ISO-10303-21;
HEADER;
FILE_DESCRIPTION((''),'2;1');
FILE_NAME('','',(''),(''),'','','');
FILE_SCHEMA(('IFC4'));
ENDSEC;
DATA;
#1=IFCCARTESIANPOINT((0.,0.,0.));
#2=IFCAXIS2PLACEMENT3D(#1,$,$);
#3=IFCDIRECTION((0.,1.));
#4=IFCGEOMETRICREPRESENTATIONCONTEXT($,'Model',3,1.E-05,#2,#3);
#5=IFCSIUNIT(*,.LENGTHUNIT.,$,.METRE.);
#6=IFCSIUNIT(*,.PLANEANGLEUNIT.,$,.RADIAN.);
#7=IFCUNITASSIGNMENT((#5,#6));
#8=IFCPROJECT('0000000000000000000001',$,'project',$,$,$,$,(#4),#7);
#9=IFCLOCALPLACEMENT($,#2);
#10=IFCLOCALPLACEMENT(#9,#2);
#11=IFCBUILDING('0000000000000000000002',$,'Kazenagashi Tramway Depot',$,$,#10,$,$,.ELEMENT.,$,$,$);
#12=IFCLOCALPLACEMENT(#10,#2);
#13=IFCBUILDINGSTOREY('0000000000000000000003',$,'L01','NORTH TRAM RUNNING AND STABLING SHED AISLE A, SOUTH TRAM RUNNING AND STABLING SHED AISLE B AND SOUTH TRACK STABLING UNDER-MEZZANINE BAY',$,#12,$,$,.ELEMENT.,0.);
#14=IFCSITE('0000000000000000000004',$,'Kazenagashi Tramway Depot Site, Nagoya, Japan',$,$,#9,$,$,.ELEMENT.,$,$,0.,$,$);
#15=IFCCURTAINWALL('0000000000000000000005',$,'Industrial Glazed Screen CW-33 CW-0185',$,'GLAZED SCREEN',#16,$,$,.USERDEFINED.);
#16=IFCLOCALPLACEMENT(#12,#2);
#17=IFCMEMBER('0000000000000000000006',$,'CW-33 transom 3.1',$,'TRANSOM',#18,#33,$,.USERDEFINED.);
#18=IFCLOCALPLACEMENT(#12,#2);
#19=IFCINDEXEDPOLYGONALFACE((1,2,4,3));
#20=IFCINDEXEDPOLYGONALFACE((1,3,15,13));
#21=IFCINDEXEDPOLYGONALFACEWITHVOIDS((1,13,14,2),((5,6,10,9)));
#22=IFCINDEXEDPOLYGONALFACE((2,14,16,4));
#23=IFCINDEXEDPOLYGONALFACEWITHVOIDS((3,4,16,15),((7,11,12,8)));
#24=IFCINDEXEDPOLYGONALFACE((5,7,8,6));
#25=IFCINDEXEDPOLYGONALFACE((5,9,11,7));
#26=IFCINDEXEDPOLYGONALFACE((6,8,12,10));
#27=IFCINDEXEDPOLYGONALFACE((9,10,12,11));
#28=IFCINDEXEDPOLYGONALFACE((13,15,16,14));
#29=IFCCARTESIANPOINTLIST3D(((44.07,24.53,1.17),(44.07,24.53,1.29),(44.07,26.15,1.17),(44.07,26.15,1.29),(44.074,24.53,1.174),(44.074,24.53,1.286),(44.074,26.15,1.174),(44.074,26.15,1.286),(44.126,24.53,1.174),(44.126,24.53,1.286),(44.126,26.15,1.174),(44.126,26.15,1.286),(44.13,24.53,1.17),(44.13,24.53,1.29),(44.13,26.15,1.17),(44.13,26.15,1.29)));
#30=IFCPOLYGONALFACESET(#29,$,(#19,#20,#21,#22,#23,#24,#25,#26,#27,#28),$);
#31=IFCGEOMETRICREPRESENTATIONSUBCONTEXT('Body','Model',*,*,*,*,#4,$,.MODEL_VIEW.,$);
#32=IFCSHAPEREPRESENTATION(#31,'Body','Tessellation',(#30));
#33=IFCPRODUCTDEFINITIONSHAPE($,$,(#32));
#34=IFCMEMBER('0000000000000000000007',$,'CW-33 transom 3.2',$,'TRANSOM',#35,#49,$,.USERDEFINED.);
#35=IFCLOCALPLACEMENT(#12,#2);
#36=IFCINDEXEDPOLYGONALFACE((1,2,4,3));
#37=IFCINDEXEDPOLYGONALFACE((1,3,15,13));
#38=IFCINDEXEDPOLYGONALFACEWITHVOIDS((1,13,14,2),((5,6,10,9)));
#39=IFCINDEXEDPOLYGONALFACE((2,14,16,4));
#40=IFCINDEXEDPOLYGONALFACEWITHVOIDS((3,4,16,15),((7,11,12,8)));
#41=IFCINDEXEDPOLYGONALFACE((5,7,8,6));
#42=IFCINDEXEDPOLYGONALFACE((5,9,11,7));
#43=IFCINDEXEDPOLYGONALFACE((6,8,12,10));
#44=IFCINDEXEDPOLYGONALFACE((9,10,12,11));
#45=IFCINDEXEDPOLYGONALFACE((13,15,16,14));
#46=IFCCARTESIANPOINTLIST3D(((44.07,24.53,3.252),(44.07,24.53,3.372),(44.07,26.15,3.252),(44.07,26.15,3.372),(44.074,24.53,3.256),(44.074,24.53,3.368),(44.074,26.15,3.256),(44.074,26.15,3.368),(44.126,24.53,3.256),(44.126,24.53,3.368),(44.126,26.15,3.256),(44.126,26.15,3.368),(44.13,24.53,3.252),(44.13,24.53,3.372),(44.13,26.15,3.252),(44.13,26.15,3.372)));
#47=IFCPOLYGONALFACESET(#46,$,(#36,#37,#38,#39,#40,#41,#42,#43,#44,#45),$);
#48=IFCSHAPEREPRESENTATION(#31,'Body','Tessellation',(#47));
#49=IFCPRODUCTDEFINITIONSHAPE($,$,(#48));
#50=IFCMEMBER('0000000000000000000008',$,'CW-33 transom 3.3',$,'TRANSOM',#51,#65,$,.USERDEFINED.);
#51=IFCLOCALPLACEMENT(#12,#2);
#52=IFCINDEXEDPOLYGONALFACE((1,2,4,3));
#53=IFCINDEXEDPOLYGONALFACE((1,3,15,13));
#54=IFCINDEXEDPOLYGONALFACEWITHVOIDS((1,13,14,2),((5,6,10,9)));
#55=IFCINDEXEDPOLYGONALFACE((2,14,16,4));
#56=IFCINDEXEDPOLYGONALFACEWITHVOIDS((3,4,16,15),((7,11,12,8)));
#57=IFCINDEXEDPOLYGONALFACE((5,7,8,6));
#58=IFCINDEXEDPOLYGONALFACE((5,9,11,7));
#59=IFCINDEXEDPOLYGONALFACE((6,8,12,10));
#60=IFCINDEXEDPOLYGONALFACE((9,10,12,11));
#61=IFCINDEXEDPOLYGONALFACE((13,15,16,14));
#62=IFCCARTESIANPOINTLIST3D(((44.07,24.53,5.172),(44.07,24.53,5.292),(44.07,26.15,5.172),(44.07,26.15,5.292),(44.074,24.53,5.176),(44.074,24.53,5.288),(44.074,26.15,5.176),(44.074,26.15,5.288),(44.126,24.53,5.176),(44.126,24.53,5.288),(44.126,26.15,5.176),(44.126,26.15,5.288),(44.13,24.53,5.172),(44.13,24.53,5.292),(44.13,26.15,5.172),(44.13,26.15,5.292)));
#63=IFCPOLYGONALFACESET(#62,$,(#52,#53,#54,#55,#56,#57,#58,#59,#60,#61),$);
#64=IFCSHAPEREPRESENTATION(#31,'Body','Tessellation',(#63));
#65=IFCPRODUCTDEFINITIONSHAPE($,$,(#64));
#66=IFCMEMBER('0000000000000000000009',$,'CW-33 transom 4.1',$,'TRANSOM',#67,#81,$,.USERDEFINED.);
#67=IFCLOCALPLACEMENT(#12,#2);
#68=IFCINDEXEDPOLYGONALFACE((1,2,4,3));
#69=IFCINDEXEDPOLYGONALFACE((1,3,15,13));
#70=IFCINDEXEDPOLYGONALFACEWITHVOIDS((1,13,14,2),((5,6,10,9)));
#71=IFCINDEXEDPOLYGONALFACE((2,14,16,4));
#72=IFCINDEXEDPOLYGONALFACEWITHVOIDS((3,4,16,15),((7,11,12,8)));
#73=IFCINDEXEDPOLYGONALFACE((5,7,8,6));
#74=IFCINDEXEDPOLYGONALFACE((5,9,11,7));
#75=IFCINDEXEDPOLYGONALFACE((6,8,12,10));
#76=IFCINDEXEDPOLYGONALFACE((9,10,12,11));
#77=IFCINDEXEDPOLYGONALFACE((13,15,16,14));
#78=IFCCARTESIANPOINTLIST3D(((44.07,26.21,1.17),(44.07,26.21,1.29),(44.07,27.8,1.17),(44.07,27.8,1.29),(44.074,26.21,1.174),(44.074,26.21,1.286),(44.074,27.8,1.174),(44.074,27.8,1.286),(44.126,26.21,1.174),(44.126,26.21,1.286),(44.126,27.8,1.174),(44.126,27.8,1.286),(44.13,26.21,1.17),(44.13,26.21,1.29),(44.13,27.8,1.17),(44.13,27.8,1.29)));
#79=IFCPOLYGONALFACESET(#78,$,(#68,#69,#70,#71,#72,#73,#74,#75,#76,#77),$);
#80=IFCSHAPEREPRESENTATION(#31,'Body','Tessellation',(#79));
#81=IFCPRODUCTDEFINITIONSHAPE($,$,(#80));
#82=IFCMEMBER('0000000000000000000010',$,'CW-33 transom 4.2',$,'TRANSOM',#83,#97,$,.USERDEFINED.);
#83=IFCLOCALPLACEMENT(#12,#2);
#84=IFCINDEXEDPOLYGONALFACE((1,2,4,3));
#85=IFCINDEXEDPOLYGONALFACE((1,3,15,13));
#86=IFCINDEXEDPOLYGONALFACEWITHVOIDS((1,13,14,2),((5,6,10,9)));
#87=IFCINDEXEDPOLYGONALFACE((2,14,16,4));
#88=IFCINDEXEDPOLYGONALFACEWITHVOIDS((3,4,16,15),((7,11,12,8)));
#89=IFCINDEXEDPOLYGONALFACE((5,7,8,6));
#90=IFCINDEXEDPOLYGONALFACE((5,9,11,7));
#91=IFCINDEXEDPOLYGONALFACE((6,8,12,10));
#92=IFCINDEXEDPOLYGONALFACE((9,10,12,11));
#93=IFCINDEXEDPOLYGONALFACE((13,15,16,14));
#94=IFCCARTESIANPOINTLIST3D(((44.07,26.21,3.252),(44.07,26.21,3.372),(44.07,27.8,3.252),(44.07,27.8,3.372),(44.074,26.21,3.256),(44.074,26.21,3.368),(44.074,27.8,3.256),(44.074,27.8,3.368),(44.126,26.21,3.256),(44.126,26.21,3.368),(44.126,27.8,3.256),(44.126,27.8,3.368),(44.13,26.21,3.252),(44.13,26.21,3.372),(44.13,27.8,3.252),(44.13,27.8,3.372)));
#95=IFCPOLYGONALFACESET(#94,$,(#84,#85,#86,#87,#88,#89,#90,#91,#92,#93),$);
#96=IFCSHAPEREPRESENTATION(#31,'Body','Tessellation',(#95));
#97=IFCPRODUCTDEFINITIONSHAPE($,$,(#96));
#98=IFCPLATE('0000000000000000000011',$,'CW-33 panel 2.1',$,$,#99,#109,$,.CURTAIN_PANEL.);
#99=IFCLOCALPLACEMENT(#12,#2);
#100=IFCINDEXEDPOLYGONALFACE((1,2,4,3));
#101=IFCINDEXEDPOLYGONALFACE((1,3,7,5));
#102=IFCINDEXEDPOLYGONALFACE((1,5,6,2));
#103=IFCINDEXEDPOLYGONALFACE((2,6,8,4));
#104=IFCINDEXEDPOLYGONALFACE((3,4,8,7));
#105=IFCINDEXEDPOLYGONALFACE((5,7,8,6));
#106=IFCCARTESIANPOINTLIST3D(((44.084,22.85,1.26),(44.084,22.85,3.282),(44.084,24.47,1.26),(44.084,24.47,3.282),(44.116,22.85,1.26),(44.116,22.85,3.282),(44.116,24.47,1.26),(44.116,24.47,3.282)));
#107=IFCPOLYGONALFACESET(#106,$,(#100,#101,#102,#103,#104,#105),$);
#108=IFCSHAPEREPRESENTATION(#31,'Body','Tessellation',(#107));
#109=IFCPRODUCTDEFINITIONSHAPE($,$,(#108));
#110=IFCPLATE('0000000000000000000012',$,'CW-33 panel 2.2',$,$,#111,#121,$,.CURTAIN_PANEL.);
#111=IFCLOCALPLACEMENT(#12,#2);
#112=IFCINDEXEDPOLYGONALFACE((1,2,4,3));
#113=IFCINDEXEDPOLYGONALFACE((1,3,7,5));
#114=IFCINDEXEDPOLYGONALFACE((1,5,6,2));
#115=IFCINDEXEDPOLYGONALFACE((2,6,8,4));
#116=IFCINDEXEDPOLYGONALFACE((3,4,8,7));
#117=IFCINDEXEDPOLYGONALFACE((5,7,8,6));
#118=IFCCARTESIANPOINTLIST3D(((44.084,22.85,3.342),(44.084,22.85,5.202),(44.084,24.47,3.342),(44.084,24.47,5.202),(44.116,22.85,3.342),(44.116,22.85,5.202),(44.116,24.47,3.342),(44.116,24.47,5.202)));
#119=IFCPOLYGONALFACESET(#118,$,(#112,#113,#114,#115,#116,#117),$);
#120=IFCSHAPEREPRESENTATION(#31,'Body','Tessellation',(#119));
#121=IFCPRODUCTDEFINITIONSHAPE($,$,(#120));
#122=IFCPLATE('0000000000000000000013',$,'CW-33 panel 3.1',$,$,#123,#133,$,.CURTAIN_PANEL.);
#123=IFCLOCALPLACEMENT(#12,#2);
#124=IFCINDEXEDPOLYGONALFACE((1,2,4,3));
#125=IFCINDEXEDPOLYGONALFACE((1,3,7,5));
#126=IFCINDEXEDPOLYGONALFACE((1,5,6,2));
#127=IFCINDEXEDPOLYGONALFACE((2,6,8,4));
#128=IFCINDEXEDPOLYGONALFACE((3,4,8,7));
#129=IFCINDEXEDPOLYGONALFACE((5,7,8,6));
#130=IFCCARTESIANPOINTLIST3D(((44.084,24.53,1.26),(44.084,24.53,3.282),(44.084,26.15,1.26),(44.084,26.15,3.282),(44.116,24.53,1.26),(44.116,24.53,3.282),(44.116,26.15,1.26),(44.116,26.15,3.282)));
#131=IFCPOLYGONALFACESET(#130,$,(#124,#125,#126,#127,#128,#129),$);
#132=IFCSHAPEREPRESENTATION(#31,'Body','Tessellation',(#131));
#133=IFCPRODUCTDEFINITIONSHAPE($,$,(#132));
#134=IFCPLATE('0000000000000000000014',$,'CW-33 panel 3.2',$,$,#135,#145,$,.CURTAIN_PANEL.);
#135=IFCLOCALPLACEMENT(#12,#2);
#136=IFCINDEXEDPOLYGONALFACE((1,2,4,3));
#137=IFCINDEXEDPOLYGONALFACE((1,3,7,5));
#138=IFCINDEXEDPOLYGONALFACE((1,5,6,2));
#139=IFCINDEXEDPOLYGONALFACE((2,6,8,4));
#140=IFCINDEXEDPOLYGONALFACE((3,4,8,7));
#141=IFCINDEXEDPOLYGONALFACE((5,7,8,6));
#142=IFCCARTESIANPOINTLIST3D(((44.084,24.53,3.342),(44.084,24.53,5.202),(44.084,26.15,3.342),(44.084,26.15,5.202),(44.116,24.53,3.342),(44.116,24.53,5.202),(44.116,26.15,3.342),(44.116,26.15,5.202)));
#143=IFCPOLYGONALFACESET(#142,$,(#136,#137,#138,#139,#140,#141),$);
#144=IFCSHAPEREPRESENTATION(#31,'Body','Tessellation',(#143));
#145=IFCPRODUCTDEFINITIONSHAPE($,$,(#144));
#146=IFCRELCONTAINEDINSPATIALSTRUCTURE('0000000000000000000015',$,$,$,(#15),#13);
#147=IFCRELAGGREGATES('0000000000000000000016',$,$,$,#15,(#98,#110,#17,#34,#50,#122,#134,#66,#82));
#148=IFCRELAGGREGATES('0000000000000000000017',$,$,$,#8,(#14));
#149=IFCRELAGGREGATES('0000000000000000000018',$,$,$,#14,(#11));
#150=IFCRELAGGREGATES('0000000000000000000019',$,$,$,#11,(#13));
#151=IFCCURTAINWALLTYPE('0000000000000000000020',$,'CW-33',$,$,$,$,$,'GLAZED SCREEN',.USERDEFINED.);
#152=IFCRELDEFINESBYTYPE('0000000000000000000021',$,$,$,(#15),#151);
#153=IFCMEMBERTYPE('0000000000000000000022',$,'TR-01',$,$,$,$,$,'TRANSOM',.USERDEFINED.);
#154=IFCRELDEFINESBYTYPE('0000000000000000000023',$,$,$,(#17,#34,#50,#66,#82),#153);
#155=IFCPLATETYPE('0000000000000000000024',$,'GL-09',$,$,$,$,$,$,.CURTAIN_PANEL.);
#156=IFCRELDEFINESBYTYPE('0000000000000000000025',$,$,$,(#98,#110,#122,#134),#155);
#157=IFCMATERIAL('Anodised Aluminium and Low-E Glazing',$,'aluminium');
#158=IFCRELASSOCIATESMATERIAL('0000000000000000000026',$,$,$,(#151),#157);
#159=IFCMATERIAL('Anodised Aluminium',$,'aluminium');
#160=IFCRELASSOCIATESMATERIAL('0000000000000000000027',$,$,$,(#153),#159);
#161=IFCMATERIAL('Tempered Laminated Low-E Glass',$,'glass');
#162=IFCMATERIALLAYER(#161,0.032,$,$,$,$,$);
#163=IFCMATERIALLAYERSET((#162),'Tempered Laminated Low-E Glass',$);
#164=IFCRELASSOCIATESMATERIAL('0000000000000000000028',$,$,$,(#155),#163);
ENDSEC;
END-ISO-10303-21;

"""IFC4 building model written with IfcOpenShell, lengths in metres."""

from ifc_helpers import new_model, si_unit, direction, frame, origin, origin_2d, place, context, subcontext, project, spatial, rectangle, hollow_rectangle, extrude, material, layer, layer_set, material_profile, profile_set, type_object, element, aggregate, save


model = new_model("IFC4")

# Units and contexts
model_context = context("Model", 3, precision=1e-05, world=origin(), true_north=direction((0.0, 1.0)))
body_context = subcontext(model_context, "Body", "Model", "MODEL_VIEW")
ifc_project = project(units=[si_unit("LENGTHUNIT", "METRE"), si_unit("PLANEANGLEUNIT", "RADIAN")], contexts=[model_context])

# Site, building, storey
site_placement = place(None, origin())
site = spatial("IfcSite", under=ifc_project, at=site_placement, Name="Kazenagashi Tramway Depot Site, Nagoya, Japan", CompositionType="ELEMENT", RefElevation=0.0)
building_placement = place(site_placement, origin())
building = spatial("IfcBuilding", under=site, at=building_placement, Name="Kazenagashi Tramway Depot", CompositionType="ELEMENT")
storey_placement = place(building_placement, origin())
storey = spatial("IfcBuildingStorey", under=building, at=storey_placement, Name="L01", Description="NORTH TRAM RUNNING AND STABLING SHED AISLE A, SOUTH TRAM RUNNING AND STABLING SHED AISLE B AND SOUTH TRACK STABLING UNDER-MEZZANINE BAY", CompositionType="ELEMENT", Elevation=0.0)

# Curtain wall, members, plates
ifc_material_1 = material(Name="Anodised Aluminium and Low-E Glazing", Category="aluminium")
curtain_wall_type = type_object("IfcCurtainWallType", Name="CW-33", ElementType="GLAZED SCREEN", PredefinedType="USERDEFINED", material=ifc_material_1)
curtain_wall_placement = place(storey_placement, origin())
curtain_wall = element("IfcCurtainWall", 1, at=curtain_wall_placement, inside=storey, type_object=curtain_wall_type, Name="Industrial Glazed Screen CW-33 CW-0185", ObjectType="GLAZED SCREEN", PredefinedType="USERDEFINED")
ifc_material_2 = material(Name="Anodised Aluminium", Category="aluminium")
ifc_material_profile_1 = material_profile(ifc_material_2, hollow_rectangle(XDim=0.06, YDim=0.12, WallThickness=0.004, at=origin_2d()), Name="RHS-120x60x4")
ifc_profile_set_1 = profile_set([ifc_material_profile_1], Name="Anodised Aluminium")
member_type_1 = type_object("IfcMemberType", Name="TR-01", ElementType="TRANSOM", PredefinedType="USERDEFINED", material=ifc_profile_set_1)
member_1_placement = place(storey_placement, frame((44.1, 24.53, 1.23), z_axis=(0.0, 1.0, 0.0), x_axis=(-1.0, 0.0, 0.0)))
member_1 = element("IfcMember", 2, at=member_1_placement, type_object=member_type_1, Name="CW-33 transom 3.1", ObjectType="TRANSOM", PredefinedType="USERDEFINED", context=body_context, shape_type="SweptSolid", body=[
    extrude(hollow_rectangle(XDim=0.06, YDim=0.12, WallThickness=0.004, at=origin_2d()), origin(), (0.0, 0.0, 1.0), 1.62),
])
member_2_placement = place(storey_placement, frame((44.1, 24.53, 3.312), z_axis=(0.0, 1.0, 0.0), x_axis=(-1.0, 0.0, 0.0)))
member_2 = element("IfcMember", 3, at=member_2_placement, type_object=member_type_1, Name="CW-33 transom 3.2", ObjectType="TRANSOM", PredefinedType="USERDEFINED", context=body_context, shape_type="SweptSolid", body=[
    extrude(hollow_rectangle(XDim=0.06, YDim=0.12, WallThickness=0.004, at=origin_2d()), origin(), (0.0, 0.0, 1.0), 1.62),
])
member_3_placement = place(storey_placement, frame((44.1, 24.53, 5.232), z_axis=(0.0, 1.0, 0.0), x_axis=(-1.0, 0.0, 0.0)))
member_3 = element("IfcMember", 4, at=member_3_placement, type_object=member_type_1, Name="CW-33 transom 3.3", ObjectType="TRANSOM", PredefinedType="USERDEFINED", context=body_context, shape_type="SweptSolid", body=[
    extrude(hollow_rectangle(XDim=0.06, YDim=0.12, WallThickness=0.004, at=origin_2d()), origin(), (0.0, 0.0, 1.0), 1.62),
])
member_4_placement = place(storey_placement, frame((44.1, 26.21, 1.23), z_axis=(0.0, 1.0, 0.0), x_axis=(-1.0, 0.0, 0.0)))
member_4 = element("IfcMember", 5, at=member_4_placement, type_object=member_type_1, Name="CW-33 transom 4.1", ObjectType="TRANSOM", PredefinedType="USERDEFINED", context=body_context, shape_type="SweptSolid", body=[
    extrude(hollow_rectangle(XDim=0.06, YDim=0.12, WallThickness=0.004, at=origin_2d()), origin(), (0.0, 0.0, 1.0), 1.59),
])
member_5_placement = place(storey_placement, frame((44.1, 26.21, 3.312), z_axis=(0.0, 1.0, 0.0), x_axis=(-1.0, 0.0, 0.0)))
member_5 = element("IfcMember", 6, at=member_5_placement, type_object=member_type_1, Name="CW-33 transom 4.2", ObjectType="TRANSOM", PredefinedType="USERDEFINED", context=body_context, shape_type="SweptSolid", body=[
    extrude(hollow_rectangle(XDim=0.06, YDim=0.12, WallThickness=0.004, at=origin_2d()), origin(), (0.0, 0.0, 1.0), 1.59),
])
ifc_material_3 = material(Name="Tempered Laminated Low-E Glass", Category="glass")
ifc_layer = layer(ifc_material_3, 0.032)
ifc_layer_set = layer_set([ifc_layer], Name="Tempered Laminated Low-E Glass")
plate_type = type_object("IfcPlateType", Name="GL-09", PredefinedType="CURTAIN_PANEL", material=ifc_layer_set)
plate_1_placement = place(storey_placement, frame((44.1, 23.66, 1.26), z_axis=(0.0, 0.0, 1.0), x_axis=(0.0, 1.0, 0.0)))
plate_1 = element("IfcPlate", 7, at=plate_1_placement, type_object=plate_type, Name="CW-33 panel 2.1", PredefinedType="CURTAIN_PANEL", context=body_context, shape_type="SweptSolid", body=[
    extrude(rectangle(XDim=1.62, YDim=0.032, at=origin_2d()), origin(), (0.0, 0.0, 1.0), 2.022),
])
plate_2_placement = place(storey_placement, frame((44.1, 23.66, 3.342), z_axis=(0.0, 0.0, 1.0), x_axis=(0.0, 1.0, 0.0)))
plate_2 = element("IfcPlate", 8, at=plate_2_placement, type_object=plate_type, Name="CW-33 panel 2.2", PredefinedType="CURTAIN_PANEL", context=body_context, shape_type="SweptSolid", body=[
    extrude(rectangle(XDim=1.62, YDim=0.032, at=origin_2d()), origin(), (0.0, 0.0, 1.0), 1.86),
])
plate_3_placement = place(storey_placement, frame((44.1, 25.34, 1.26), z_axis=(0.0, 0.0, 1.0), x_axis=(0.0, 1.0, 0.0)))
plate_3 = element("IfcPlate", 9, at=plate_3_placement, type_object=plate_type, Name="CW-33 panel 3.1", PredefinedType="CURTAIN_PANEL", context=body_context, shape_type="SweptSolid", body=[
    extrude(rectangle(XDim=1.62, YDim=0.032, at=origin_2d()), origin(), (0.0, 0.0, 1.0), 2.022),
])
plate_4_placement = place(storey_placement, frame((44.1, 25.34, 3.342), z_axis=(0.0, 0.0, 1.0), x_axis=(0.0, 1.0, 0.0)))
plate_4 = element("IfcPlate", 10, at=plate_4_placement, type_object=plate_type, Name="CW-33 panel 3.2", PredefinedType="CURTAIN_PANEL", context=body_context, shape_type="SweptSolid", body=[
    extrude(rectangle(XDim=1.62, YDim=0.032, at=origin_2d()), origin(), (0.0, 0.0, 1.0), 1.86),
])
aggregate(curtain_wall, [plate_1, plate_2, member_1, member_2, member_3, plate_3, plate_4, member_4, member_5])

save(model, "model.ifc")
